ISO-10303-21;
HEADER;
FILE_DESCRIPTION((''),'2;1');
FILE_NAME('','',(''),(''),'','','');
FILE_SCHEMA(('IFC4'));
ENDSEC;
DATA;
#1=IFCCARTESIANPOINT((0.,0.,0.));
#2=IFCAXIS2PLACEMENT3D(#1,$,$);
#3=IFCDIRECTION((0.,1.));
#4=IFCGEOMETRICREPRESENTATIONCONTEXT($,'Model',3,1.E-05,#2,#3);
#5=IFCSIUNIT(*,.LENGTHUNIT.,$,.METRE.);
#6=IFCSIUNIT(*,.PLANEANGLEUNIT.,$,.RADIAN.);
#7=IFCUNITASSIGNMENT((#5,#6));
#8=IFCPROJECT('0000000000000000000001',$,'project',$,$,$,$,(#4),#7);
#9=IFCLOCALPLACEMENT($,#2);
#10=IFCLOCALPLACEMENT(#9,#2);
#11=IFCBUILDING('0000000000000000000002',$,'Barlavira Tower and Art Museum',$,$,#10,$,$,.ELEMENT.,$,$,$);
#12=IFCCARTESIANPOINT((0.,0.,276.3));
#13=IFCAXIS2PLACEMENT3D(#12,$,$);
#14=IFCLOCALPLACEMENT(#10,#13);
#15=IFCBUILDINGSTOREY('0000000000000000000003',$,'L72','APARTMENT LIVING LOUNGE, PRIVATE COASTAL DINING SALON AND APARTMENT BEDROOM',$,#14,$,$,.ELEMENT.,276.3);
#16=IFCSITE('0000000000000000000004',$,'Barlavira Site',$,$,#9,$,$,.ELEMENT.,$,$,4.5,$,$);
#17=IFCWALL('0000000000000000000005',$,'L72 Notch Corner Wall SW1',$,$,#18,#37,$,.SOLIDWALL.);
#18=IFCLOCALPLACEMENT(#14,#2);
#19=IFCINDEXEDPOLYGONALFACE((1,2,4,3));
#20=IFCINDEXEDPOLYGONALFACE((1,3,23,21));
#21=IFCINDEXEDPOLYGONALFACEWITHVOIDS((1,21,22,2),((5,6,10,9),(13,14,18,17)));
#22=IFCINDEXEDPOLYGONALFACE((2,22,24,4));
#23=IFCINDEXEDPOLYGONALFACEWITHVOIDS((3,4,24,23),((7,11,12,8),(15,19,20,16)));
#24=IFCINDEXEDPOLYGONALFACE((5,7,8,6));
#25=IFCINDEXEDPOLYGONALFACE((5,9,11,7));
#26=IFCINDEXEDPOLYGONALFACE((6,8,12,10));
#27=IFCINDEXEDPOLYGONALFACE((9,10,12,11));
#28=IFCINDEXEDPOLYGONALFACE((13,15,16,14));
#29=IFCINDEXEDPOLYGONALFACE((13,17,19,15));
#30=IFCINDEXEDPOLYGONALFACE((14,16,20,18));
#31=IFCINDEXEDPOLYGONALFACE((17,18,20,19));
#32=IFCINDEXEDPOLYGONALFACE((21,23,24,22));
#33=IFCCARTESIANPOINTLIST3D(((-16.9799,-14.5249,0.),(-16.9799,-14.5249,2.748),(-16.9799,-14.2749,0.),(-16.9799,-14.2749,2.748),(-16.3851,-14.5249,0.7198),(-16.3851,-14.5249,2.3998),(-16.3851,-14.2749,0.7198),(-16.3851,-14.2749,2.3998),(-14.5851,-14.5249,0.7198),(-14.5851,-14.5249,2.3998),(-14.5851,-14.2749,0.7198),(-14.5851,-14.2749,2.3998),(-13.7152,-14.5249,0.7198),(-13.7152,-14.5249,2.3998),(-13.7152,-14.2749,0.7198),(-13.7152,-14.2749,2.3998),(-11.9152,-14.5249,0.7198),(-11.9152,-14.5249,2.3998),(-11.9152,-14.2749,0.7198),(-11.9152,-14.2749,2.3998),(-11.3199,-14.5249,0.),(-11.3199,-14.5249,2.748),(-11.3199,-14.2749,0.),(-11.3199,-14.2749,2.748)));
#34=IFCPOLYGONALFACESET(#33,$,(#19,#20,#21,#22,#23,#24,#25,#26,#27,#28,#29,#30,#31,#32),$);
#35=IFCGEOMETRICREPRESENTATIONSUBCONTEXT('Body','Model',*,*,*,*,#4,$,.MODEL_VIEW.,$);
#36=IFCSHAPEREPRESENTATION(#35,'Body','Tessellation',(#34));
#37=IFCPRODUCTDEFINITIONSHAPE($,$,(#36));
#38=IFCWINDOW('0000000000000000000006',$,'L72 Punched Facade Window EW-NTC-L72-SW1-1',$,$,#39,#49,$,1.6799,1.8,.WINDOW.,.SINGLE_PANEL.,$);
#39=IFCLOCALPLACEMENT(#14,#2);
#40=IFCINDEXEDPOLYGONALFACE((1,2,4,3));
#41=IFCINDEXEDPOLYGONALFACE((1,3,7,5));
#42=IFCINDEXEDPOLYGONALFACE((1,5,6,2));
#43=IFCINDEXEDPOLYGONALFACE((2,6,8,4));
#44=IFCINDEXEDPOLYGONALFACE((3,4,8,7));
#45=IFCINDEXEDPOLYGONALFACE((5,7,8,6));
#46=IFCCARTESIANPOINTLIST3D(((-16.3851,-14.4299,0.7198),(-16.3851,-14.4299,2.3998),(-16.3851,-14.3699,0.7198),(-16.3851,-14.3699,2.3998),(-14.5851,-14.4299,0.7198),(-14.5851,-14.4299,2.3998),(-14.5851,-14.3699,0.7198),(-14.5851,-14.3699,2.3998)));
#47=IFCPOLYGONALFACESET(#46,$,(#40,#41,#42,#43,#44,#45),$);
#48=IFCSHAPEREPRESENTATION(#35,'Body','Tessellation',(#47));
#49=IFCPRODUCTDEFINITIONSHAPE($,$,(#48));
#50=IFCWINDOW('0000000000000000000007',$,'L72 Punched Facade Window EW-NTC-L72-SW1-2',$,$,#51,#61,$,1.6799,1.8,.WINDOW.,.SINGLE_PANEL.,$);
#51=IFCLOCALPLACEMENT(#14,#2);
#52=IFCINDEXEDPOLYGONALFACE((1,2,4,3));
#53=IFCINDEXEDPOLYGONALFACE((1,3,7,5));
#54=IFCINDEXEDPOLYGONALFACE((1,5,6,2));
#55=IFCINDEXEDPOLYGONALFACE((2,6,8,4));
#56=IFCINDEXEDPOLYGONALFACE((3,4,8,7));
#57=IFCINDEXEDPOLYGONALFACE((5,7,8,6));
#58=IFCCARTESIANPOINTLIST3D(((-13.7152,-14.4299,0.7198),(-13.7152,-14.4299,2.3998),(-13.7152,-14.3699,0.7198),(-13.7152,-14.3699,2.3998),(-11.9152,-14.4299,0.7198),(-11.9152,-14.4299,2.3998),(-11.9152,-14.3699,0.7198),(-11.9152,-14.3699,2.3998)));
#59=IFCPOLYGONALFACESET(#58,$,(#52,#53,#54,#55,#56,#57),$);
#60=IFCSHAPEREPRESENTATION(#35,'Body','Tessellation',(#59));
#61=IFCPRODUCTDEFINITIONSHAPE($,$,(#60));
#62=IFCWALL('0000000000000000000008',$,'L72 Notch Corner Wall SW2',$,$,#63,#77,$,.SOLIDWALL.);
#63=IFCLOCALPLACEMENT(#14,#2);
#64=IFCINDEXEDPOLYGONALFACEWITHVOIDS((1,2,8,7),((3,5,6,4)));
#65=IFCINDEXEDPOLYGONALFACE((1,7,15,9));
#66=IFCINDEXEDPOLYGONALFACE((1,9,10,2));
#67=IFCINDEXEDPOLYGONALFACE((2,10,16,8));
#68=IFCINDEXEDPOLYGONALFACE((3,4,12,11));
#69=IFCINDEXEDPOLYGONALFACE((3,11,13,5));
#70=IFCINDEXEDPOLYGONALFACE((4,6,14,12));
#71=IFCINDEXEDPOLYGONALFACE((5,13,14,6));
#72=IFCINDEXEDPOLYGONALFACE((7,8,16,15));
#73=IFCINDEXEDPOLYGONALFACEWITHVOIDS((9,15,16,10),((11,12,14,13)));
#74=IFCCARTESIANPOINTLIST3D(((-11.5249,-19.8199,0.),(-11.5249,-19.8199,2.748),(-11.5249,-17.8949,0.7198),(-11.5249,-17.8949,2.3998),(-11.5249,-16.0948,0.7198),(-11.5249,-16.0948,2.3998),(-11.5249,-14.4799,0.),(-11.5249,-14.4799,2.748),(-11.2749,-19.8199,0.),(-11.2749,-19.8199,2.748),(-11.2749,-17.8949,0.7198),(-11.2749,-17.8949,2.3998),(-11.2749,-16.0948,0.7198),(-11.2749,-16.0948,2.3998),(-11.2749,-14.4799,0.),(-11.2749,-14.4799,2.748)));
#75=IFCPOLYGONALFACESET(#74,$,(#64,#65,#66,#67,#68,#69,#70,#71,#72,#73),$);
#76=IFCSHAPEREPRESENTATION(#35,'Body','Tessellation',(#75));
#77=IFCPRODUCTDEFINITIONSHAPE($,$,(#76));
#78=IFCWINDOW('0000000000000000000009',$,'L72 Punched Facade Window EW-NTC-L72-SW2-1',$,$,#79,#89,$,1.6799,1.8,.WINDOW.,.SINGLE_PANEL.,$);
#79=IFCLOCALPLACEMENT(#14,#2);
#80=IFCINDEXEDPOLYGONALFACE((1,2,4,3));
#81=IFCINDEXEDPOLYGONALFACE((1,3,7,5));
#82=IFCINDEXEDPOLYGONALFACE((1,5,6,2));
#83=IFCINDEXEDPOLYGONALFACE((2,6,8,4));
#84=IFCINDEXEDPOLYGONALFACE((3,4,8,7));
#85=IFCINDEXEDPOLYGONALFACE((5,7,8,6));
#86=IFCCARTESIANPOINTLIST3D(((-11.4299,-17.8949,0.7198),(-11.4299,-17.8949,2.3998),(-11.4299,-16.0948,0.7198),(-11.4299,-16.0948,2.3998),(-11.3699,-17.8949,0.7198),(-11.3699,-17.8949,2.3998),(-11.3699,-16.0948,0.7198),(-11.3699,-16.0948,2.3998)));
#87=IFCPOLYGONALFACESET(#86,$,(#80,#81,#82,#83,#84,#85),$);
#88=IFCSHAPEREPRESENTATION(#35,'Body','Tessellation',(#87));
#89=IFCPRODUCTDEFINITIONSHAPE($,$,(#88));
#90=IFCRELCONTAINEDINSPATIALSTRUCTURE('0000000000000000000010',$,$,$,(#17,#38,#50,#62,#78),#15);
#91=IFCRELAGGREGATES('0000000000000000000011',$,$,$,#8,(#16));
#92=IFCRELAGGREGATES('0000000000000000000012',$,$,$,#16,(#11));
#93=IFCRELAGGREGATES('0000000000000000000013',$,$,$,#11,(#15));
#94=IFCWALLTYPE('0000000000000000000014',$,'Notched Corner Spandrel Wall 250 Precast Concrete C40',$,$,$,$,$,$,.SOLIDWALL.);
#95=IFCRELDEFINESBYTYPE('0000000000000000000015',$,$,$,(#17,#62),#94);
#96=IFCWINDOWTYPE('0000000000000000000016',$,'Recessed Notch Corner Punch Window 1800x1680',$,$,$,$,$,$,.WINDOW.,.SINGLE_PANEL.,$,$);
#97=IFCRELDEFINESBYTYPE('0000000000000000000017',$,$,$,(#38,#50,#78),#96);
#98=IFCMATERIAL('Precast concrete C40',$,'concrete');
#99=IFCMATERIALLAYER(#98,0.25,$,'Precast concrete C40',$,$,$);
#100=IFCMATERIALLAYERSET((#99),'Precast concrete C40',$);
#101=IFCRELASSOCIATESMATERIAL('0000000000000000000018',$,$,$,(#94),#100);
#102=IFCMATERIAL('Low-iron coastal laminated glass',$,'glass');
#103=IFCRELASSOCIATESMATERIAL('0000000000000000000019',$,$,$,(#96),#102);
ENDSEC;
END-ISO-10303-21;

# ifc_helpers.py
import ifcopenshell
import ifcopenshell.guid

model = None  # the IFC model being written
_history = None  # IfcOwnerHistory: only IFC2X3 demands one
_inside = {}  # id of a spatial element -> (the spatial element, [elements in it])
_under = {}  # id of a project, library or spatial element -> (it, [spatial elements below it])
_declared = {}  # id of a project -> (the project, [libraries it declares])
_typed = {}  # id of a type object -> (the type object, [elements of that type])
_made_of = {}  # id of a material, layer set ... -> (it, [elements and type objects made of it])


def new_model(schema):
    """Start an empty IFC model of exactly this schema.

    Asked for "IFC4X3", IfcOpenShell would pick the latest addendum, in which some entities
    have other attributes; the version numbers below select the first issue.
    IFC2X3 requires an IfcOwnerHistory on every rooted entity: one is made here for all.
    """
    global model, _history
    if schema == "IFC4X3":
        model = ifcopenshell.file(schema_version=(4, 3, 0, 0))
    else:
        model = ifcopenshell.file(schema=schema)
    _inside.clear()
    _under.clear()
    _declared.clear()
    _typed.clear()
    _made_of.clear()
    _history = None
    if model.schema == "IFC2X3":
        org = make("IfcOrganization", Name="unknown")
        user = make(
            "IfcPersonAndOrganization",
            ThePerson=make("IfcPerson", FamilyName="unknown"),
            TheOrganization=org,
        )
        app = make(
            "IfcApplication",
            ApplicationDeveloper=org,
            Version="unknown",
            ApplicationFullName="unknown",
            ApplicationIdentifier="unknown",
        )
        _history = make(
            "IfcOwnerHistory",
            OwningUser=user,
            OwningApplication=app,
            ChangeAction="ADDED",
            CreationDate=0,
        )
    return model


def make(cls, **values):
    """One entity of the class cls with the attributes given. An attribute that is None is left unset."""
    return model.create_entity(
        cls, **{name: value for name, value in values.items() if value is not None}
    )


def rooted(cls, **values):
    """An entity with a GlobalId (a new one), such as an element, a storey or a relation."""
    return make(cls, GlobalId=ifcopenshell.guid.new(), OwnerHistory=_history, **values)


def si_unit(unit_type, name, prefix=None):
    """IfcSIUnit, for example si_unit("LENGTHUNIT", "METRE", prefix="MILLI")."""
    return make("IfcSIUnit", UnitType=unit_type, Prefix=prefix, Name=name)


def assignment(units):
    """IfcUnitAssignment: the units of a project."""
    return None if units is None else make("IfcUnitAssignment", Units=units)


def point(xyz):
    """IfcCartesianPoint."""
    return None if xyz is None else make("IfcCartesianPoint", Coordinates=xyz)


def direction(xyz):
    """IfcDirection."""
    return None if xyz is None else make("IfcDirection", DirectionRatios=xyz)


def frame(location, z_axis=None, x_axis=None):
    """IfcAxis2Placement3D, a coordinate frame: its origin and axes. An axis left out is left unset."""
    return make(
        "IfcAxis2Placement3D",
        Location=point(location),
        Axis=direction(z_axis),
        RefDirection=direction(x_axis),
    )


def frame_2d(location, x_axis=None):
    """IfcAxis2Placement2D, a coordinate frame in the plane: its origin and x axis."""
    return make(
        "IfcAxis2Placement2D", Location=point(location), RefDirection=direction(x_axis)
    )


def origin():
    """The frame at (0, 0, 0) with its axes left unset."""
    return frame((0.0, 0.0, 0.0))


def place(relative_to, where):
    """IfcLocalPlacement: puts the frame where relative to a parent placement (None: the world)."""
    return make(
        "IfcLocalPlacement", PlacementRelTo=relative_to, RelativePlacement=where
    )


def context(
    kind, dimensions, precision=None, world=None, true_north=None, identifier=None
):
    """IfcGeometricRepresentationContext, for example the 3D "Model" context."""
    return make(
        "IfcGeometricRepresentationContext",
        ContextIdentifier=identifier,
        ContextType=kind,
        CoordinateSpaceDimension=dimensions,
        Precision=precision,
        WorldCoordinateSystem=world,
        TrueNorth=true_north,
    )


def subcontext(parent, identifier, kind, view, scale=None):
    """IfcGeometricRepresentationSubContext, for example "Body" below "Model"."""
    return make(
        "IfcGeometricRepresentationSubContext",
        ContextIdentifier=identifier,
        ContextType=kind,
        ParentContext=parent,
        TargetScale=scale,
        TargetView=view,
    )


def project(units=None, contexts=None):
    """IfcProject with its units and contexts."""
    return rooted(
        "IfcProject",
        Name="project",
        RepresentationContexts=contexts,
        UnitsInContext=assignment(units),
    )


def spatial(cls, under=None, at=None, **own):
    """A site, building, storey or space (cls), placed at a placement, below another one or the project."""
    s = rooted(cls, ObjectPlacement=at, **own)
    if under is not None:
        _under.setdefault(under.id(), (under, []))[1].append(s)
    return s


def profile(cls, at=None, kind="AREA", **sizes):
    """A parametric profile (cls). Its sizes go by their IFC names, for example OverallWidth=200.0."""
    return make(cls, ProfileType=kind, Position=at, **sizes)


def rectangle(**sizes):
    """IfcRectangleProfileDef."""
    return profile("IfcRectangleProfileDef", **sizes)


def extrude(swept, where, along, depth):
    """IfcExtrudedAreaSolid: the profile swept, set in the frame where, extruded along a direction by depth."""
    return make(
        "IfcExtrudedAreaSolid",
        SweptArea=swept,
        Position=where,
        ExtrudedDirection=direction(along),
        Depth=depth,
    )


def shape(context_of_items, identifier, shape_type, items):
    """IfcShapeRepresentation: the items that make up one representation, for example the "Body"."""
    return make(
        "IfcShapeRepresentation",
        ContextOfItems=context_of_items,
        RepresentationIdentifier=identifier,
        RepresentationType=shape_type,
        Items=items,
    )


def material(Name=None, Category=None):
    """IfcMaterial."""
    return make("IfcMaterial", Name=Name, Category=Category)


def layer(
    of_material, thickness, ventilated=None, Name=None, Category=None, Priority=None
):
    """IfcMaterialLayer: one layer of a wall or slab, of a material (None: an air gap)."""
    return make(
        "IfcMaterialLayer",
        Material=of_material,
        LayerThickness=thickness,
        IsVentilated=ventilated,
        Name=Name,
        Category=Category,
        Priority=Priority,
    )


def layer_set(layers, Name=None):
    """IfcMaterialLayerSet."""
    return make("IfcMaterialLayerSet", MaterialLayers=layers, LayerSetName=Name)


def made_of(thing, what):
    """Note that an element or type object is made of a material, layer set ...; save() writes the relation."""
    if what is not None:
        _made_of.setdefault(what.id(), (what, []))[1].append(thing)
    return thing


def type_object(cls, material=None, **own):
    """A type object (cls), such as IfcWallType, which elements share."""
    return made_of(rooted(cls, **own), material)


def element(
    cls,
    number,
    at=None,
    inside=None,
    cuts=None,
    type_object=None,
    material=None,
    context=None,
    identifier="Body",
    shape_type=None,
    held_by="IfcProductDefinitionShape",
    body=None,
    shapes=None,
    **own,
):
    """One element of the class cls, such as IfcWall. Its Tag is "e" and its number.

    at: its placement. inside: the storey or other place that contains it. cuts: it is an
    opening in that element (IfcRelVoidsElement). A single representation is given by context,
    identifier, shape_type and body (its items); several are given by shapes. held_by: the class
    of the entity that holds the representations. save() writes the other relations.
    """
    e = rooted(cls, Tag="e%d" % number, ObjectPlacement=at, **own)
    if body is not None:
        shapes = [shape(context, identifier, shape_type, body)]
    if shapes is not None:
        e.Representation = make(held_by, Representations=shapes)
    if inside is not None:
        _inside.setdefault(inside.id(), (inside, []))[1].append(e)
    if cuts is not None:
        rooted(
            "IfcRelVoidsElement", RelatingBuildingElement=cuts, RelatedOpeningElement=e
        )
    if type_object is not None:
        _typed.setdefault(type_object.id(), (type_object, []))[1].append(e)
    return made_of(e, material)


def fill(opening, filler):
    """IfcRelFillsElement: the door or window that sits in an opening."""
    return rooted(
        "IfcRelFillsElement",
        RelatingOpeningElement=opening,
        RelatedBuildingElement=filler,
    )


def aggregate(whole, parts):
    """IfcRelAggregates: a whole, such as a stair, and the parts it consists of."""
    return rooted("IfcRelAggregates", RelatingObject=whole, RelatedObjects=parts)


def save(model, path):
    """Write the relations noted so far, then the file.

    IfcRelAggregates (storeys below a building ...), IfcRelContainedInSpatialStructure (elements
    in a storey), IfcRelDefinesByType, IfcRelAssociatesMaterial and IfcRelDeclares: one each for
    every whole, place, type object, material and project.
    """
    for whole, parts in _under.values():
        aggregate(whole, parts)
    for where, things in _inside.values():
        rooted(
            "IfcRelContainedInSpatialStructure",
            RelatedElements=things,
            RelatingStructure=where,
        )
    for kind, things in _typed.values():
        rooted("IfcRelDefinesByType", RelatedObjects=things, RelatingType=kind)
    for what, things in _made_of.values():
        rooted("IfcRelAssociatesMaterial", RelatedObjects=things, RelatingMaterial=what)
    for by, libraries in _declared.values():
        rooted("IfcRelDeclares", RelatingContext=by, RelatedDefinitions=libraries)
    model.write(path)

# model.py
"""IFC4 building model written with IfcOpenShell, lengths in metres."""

from ifc_helpers import new_model, si_unit, direction, frame, frame_2d, origin, place, context, subcontext, project, spatial, rectangle, extrude, material, layer, layer_set, type_object, element, fill, save


model = new_model("IFC4")

# Units and contexts
model_context = context("Model", 3, precision=1e-05, world=origin(), true_north=direction((0.0, 1.0)))
body_context = subcontext(model_context, "Body", "Model", "MODEL_VIEW")
ifc_project = project(units=[si_unit("LENGTHUNIT", "METRE"), si_unit("PLANEANGLEUNIT", "RADIAN")], contexts=[model_context])

# Site, building, storey
site_placement = place(None, origin())
site = spatial("IfcSite", under=ifc_project, at=site_placement, Name="Barlavira Site", CompositionType="ELEMENT", RefElevation=4.5)
building_placement = place(site_placement, origin())
building = spatial("IfcBuilding", under=site, at=building_placement, Name="Barlavira Tower and Art Museum", CompositionType="ELEMENT")
storey_placement = place(building_placement, frame((0.0, 0.0, 276.3)))
storey = spatial("IfcBuildingStorey", under=building, at=storey_placement, Name="L72", Description="APARTMENT LIVING LOUNGE, PRIVATE COASTAL DINING SALON AND APARTMENT BEDROOM", CompositionType="ELEMENT", Elevation=276.3)

# Shared definitions
ifc_material_1 = material(Name="Precast concrete C40", Category="concrete")
ifc_layer_1 = layer(ifc_material_1, 0.25, Name="Precast concrete C40")
ifc_layer_set_1 = layer_set([ifc_layer_1], Name="Precast concrete C40")
wall_type_1 = type_object("IfcWallType", Name="Notched Corner Spandrel Wall 250 Precast Concrete C40", PredefinedType="SOLIDWALL", material=ifc_layer_set_1)
ifc_material_2 = material(Name="Low-iron coastal laminated glass", Category="glass")
window_type = type_object("IfcWindowType", Name="Recessed Notch Corner Punch Window 1800x1680", PartitioningType="SINGLE_PANEL", PredefinedType="WINDOW", material=ifc_material_2)

# Wall, openings, windows
wall_1_placement = place(storey_placement, frame((-16.98, -14.3999, 0.0), z_axis=(0.0, 0.0, 1.0), x_axis=(1.0, 0.0, 0.0)))
wall_1 = element("IfcWall", 1, at=wall_1_placement, inside=storey, type_object=wall_type_1, Name="L72 Notch Corner Wall SW1", PredefinedType="SOLIDWALL", context=body_context, shape_type="SweptSolid", body=[
    extrude(rectangle(XDim=5.6599, YDim=0.25, at=frame_2d((2.8301, 0.0))), origin(), (0.0, 0.0, 1.0), 2.748),
])
opening_1_placement = place(wall_1_placement, frame((0.595, 0.0, 0.72)))
opening_1 = element("IfcOpeningElement", 2, at=opening_1_placement, cuts=wall_1, PredefinedType="OPENING", context=body_context, shape_type="SweptSolid", body=[
    extrude(rectangle(XDim=1.8, YDim=1.6799, at=frame_2d((0.8999, 0.8398))), frame((0.0, 0.135, 0.0), z_axis=(0.0, -1.0, 0.0), x_axis=(1.0, 0.0, 0.0)), (0.0, 0.0, 1.0), 0.27),
])
opening_2_placement = place(wall_1_placement, frame((3.2649, 0.0, 0.72)))
opening_2 = element("IfcOpeningElement", 3, at=opening_2_placement, cuts=wall_1, PredefinedType="OPENING", context=body_context, shape_type="SweptSolid", body=[
    extrude(rectangle(XDim=1.8, YDim=1.6799, at=frame_2d((0.8999, 0.8398))), frame((0.0, 0.135, 0.0), z_axis=(0.0, -1.0, 0.0), x_axis=(1.0, 0.0, 0.0)), (0.0, 0.0, 1.0), 0.27),
])
window_1_placement = place(opening_1_placement, origin())
window_1 = element("IfcWindow", 4, at=window_1_placement, inside=storey, type_object=window_type, Name="L72 Punched Facade Window EW-NTC-L72-SW1-1", OverallHeight=1.6799, OverallWidth=1.8, PartitioningType="SINGLE_PANEL", PredefinedType="WINDOW", context=body_context, shape_type="SweptSolid", body=[
    extrude(rectangle(XDim=1.8, YDim=1.6799, at=frame_2d((0.8999, 0.8398))), frame((0.0, 0.03, 0.0), z_axis=(0.0, -1.0, 0.0), x_axis=(1.0, 0.0, 0.0)), (0.0, 0.0, 1.0), 0.0601),
])
fill(opening_1, window_1)
window_2_placement = place(opening_2_placement, origin())
window_2 = element("IfcWindow", 5, at=window_2_placement, inside=storey, type_object=window_type, Name="L72 Punched Facade Window EW-NTC-L72-SW1-2", OverallHeight=1.6799, OverallWidth=1.8, PartitioningType="SINGLE_PANEL", PredefinedType="WINDOW", context=body_context, shape_type="SweptSolid", body=[
    extrude(rectangle(XDim=1.8, YDim=1.6799, at=frame_2d((0.8999, 0.8398))), frame((0.0, 0.03, 0.0), z_axis=(0.0, -1.0, 0.0), x_axis=(1.0, 0.0, 0.0)), (0.0, 0.0, 1.0), 0.0601),
])
fill(opening_2, window_2)

# Wall, opening, window
wall_2_placement = place(storey_placement, frame((-11.3999, -14.48, 0.0), z_axis=(0.0, 0.0, 1.0), x_axis=(0.0, -1.0, 0.0)))
wall_2 = element("IfcWall", 6, at=wall_2_placement, inside=storey, type_object=wall_type_1, Name="L72 Notch Corner Wall SW2", PredefinedType="SOLIDWALL", context=body_context, shape_type="SweptSolid", body=[
    extrude(rectangle(XDim=5.3401, YDim=0.25, at=frame_2d((2.6699, 0.0))), origin(), (0.0, 0.0, 1.0), 2.748),
])
opening_3_placement = place(wall_2_placement, frame((1.615, 0.0, 0.72)))
opening_3 = element("IfcOpeningElement", 7, at=opening_3_placement, cuts=wall_2, PredefinedType="OPENING", context=body_context, shape_type="SweptSolid", body=[
    extrude(rectangle(XDim=1.8, YDim=1.6799, at=frame_2d((0.8999, 0.8398))), frame((0.0, 0.135, 0.0), z_axis=(0.0, -1.0, 0.0), x_axis=(1.0, 0.0, 0.0)), (0.0, 0.0, 1.0), 0.27),
])
window_3_placement = place(opening_3_placement, origin())
window_3 = element("IfcWindow", 8, at=window_3_placement, inside=storey, type_object=window_type, Name="L72 Punched Facade Window EW-NTC-L72-SW2-1", OverallHeight=1.6799, OverallWidth=1.8, PartitioningType="SINGLE_PANEL", PredefinedType="WINDOW", context=body_context, shape_type="SweptSolid", body=[
    extrude(rectangle(XDim=1.8, YDim=1.6799, at=frame_2d((0.8999, 0.8398))), frame((0.0, 0.03, 0.0), z_axis=(0.0, -1.0, 0.0), x_axis=(1.0, 0.0, 0.0)), (0.0, 0.0, 1.0), 0.0601),
])
fill(opening_3, window_3)

save(model, "model.ifc")
